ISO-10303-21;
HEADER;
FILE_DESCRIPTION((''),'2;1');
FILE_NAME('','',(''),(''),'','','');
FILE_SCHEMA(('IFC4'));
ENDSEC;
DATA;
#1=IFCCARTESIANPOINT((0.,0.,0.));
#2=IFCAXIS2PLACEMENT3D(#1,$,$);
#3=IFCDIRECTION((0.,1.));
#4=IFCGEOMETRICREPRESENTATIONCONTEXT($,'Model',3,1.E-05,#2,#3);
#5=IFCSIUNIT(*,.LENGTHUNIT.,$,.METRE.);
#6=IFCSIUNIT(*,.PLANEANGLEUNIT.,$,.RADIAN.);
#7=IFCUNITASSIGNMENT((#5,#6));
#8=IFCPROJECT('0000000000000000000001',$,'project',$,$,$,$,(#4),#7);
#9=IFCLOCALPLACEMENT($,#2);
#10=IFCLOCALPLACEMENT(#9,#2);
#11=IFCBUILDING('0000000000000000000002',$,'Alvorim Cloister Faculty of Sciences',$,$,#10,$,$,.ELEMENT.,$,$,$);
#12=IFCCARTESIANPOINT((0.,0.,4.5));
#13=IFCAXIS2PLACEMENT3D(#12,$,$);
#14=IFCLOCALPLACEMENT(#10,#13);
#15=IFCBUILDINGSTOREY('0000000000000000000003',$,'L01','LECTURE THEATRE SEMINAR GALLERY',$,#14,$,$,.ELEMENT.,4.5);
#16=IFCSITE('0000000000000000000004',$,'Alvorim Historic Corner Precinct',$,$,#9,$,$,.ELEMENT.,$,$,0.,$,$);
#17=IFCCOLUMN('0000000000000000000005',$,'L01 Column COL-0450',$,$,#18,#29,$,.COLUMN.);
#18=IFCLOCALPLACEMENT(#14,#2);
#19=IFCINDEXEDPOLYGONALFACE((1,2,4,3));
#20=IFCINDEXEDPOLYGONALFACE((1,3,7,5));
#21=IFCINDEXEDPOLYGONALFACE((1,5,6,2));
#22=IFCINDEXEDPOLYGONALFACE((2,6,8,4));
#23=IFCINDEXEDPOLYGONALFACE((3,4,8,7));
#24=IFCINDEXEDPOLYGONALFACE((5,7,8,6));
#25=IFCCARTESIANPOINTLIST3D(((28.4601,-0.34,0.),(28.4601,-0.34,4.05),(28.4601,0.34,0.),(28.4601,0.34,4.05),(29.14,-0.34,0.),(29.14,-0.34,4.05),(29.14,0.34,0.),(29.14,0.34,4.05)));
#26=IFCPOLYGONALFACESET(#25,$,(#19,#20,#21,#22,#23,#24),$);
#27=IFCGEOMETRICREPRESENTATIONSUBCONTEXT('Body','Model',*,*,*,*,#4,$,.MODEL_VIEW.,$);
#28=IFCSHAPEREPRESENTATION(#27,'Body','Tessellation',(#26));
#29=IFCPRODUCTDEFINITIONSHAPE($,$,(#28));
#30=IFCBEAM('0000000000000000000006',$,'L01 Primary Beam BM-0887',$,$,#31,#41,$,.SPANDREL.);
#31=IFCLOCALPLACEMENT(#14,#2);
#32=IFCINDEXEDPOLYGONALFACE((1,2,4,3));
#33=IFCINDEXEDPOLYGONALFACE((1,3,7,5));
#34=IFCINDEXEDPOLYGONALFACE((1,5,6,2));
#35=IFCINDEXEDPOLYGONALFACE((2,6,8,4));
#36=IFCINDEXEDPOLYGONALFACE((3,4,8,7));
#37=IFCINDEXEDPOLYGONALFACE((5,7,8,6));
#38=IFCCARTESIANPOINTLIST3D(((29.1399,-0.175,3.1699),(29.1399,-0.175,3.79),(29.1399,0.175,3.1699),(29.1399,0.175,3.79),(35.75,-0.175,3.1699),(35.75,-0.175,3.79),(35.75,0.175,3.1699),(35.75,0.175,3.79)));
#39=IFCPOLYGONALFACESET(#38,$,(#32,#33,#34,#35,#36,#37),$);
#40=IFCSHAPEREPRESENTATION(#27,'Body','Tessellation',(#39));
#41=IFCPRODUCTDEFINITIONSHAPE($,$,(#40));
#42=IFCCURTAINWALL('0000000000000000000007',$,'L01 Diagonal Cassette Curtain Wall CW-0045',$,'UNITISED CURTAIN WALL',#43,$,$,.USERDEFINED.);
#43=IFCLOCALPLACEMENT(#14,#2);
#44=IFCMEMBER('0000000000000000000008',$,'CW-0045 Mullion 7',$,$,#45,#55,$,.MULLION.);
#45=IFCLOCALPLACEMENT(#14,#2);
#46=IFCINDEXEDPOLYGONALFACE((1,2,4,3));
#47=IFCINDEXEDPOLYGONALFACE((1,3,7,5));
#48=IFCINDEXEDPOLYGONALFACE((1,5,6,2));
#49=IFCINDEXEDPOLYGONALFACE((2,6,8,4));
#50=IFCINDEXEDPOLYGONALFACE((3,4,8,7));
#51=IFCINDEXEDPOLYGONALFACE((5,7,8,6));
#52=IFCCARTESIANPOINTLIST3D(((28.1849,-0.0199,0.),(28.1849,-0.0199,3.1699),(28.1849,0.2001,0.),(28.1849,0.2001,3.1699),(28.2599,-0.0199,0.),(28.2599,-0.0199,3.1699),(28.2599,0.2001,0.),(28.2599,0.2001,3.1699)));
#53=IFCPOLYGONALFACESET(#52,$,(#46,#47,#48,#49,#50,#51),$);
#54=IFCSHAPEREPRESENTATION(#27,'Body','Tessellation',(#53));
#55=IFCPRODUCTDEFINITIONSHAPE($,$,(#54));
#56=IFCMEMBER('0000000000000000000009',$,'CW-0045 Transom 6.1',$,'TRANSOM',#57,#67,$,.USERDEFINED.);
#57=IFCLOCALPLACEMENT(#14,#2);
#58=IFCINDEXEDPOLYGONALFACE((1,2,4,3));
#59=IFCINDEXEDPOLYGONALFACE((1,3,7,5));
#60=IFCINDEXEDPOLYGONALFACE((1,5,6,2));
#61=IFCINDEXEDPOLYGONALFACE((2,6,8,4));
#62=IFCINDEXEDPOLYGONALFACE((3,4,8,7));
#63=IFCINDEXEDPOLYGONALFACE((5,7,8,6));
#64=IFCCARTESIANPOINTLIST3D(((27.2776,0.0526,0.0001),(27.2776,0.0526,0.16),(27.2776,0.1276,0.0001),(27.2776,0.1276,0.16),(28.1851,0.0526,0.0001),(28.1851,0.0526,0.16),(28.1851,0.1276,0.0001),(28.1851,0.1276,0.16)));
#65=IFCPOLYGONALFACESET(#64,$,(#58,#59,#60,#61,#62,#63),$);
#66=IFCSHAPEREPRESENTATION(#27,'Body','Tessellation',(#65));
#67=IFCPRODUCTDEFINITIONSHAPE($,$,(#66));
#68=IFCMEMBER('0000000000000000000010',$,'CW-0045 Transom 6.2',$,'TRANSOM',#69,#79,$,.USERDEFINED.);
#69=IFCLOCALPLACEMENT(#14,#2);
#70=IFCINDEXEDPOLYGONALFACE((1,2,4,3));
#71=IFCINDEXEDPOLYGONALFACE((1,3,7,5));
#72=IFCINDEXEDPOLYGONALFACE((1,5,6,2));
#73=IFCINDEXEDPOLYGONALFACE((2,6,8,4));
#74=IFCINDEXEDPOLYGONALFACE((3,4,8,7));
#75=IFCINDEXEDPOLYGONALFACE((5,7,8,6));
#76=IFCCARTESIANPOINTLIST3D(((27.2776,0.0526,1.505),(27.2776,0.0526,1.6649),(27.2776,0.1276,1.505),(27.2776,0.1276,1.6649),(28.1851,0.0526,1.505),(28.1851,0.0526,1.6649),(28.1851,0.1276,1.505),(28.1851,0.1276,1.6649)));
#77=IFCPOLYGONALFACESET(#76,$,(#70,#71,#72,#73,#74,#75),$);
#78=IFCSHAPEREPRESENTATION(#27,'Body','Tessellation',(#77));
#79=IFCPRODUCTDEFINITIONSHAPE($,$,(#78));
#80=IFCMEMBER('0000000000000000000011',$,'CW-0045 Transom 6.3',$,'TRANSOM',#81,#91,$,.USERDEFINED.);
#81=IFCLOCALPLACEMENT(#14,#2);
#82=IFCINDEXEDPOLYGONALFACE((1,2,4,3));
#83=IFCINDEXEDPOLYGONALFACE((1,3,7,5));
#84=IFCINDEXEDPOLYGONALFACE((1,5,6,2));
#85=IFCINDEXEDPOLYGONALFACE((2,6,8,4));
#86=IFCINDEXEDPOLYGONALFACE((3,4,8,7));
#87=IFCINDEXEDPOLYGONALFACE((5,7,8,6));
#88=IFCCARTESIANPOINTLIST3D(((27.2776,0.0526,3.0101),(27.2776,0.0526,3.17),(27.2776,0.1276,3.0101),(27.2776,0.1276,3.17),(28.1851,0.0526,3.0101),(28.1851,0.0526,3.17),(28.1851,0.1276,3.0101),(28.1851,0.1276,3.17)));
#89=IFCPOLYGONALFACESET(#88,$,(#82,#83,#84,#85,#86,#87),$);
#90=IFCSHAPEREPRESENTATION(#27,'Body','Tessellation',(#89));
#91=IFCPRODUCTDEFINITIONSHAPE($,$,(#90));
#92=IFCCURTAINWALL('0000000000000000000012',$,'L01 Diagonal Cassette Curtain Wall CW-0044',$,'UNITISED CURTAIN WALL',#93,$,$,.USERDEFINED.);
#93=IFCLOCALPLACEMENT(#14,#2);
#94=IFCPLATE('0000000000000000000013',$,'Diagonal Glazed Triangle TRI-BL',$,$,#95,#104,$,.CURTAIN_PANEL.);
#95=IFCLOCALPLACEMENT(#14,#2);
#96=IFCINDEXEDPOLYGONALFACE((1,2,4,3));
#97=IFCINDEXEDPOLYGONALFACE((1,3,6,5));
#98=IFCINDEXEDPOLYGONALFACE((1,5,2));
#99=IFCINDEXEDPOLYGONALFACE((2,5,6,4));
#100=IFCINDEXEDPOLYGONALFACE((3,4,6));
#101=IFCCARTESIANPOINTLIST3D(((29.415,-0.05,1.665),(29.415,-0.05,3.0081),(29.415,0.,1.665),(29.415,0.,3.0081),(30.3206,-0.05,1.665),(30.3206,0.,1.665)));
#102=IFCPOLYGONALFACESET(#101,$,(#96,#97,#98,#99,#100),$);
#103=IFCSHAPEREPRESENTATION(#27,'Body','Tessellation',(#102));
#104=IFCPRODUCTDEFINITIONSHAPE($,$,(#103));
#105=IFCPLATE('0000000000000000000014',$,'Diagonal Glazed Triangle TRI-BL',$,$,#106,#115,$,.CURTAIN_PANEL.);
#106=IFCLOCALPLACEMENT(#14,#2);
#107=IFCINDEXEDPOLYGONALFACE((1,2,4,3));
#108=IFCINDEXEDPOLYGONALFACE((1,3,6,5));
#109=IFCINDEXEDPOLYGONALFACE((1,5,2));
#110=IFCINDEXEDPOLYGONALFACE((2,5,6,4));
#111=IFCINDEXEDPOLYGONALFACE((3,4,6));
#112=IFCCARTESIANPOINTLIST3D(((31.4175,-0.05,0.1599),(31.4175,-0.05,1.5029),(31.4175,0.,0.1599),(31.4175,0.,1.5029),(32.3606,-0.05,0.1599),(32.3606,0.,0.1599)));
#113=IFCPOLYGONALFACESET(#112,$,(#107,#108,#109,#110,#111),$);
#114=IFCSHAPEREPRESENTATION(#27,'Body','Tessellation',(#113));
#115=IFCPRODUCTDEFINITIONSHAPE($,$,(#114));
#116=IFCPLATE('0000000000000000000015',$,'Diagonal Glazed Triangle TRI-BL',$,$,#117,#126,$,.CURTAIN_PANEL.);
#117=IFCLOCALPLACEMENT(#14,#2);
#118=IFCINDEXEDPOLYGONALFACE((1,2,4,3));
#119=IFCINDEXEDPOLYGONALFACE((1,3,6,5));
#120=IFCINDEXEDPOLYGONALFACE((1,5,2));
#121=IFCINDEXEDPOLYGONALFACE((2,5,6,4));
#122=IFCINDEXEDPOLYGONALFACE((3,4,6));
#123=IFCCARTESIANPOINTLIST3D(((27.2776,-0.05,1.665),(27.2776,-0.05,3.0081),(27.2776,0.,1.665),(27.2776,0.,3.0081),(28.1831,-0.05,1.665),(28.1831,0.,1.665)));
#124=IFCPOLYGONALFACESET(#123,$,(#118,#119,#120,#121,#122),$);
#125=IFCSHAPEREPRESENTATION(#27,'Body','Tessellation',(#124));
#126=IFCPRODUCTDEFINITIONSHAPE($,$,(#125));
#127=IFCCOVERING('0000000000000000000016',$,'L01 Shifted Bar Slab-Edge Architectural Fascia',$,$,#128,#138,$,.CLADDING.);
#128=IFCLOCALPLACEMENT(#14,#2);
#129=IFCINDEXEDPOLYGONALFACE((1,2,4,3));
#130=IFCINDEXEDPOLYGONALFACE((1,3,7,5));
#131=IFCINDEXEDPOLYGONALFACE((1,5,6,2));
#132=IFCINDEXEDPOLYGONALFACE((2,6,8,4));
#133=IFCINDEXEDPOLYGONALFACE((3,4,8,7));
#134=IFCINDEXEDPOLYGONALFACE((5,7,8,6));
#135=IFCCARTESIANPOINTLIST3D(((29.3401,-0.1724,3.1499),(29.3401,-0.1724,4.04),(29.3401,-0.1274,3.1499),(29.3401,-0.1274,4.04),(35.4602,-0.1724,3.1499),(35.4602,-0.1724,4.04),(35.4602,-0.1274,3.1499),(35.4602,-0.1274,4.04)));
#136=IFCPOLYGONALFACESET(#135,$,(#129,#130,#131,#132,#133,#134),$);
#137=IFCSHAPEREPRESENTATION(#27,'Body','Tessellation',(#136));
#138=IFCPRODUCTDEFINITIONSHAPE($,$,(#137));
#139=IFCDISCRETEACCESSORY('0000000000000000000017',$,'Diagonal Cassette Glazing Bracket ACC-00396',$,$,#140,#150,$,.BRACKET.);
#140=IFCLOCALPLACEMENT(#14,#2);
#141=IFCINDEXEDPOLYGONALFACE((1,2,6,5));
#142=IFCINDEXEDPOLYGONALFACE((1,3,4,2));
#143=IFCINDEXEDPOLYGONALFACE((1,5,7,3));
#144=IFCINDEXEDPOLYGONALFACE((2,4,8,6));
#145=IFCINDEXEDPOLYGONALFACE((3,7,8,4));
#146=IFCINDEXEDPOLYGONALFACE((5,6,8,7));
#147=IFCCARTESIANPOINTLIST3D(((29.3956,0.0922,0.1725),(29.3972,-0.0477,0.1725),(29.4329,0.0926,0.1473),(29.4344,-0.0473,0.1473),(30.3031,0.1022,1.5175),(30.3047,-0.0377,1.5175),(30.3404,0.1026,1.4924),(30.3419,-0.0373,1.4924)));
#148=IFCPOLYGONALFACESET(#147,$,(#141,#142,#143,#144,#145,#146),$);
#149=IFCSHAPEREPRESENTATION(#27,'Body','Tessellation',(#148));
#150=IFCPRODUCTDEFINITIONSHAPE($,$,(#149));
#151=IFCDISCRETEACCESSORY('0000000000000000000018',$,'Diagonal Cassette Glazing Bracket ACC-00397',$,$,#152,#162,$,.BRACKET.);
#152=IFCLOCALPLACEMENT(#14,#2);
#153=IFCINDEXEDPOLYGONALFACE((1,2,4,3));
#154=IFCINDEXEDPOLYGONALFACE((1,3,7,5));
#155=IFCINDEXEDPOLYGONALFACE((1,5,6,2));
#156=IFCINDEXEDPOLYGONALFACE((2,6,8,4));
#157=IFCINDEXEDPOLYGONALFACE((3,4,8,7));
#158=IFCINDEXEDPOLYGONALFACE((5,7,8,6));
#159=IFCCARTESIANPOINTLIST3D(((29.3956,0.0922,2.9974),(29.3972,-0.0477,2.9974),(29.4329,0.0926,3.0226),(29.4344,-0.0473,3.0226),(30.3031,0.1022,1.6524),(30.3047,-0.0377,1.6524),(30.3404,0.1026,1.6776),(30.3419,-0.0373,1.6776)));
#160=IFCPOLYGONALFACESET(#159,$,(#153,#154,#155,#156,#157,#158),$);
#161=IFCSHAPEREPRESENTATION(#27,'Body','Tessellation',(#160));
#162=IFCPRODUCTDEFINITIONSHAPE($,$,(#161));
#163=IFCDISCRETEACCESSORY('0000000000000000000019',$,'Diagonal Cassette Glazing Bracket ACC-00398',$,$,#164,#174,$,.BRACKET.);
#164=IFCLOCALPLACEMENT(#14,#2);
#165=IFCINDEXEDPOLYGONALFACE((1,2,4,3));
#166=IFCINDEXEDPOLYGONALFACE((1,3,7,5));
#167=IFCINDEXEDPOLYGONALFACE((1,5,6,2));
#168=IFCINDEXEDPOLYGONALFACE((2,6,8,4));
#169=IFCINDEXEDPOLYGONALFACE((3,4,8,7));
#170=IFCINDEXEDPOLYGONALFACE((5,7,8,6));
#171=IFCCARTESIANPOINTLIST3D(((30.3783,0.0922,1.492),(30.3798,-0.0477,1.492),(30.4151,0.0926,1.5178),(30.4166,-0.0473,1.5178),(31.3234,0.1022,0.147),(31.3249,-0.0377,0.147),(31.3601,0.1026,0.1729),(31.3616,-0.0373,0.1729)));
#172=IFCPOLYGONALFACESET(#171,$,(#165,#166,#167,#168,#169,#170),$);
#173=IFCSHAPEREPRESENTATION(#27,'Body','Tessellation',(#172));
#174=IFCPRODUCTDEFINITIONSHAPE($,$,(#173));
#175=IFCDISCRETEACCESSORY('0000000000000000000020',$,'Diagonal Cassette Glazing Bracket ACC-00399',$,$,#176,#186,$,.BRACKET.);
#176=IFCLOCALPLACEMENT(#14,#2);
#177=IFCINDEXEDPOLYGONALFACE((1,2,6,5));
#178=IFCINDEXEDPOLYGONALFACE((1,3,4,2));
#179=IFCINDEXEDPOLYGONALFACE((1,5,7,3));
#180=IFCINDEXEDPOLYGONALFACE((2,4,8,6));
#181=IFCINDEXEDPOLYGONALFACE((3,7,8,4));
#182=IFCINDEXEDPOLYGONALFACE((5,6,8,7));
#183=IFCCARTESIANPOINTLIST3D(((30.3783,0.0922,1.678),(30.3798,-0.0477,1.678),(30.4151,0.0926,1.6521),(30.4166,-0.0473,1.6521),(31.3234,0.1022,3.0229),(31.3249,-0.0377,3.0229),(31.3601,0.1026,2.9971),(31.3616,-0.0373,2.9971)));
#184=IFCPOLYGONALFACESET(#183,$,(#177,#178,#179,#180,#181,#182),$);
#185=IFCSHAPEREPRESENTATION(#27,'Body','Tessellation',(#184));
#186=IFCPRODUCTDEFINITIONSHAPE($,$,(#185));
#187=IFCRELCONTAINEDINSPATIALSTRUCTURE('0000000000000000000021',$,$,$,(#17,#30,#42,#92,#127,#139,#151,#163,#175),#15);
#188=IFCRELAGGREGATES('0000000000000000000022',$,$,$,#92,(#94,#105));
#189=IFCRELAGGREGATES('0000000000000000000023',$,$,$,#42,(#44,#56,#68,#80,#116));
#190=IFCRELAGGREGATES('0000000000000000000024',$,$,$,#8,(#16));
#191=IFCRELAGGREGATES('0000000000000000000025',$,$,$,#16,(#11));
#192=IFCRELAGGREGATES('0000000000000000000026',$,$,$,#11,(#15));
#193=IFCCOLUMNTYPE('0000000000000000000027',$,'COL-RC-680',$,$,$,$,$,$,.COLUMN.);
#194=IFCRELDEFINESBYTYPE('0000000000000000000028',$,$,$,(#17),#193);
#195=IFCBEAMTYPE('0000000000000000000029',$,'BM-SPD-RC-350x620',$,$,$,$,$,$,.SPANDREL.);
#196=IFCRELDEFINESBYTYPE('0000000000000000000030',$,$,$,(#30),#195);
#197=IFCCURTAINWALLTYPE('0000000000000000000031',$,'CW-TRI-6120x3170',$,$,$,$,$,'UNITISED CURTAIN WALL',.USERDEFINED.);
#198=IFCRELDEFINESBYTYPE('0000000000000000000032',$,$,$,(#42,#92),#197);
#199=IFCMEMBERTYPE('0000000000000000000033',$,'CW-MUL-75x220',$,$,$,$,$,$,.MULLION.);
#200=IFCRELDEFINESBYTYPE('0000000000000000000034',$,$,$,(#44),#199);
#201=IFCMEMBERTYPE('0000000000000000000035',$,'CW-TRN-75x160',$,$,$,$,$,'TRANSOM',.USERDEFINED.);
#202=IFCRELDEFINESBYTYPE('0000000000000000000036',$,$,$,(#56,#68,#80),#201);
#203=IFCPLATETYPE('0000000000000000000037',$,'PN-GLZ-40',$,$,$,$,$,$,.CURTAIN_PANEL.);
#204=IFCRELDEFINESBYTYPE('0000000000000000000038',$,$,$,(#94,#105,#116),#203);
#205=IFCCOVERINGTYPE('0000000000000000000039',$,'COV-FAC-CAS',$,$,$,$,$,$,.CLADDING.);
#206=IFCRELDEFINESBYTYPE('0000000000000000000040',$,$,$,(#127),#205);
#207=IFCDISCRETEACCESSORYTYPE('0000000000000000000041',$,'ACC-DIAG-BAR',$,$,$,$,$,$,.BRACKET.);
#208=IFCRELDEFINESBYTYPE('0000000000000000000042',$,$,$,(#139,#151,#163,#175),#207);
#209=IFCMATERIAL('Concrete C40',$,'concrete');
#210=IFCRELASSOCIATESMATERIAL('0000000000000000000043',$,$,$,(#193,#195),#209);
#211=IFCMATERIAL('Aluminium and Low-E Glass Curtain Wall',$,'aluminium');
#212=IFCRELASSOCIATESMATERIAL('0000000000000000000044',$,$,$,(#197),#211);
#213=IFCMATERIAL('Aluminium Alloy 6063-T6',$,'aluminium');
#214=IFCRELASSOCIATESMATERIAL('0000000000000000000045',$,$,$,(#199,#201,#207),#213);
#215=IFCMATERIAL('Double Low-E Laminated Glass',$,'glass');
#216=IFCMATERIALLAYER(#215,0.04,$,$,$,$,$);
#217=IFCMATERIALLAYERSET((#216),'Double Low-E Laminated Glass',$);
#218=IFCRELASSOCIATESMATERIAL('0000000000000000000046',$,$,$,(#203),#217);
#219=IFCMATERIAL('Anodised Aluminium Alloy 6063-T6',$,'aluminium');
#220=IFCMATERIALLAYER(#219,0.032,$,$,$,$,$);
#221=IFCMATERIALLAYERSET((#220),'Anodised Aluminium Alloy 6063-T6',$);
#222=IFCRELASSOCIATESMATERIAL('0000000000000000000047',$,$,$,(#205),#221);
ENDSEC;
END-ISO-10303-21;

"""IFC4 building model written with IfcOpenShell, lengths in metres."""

from ifc_helpers import new_model, si_unit, direction, frame, origin, origin_2d, place, context, subcontext, project, spatial, polyline, rectangle, outline, extrude, material, layer, layer_set, material_profile, profile_set, type_object, element, aggregate, save


model = new_model("IFC4")

# Units and contexts
model_context = context("Model", 3, precision=1e-05, world=origin(), true_north=direction((0.0, 1.0)))
body_context = subcontext(model_context, "Body", "Model", "MODEL_VIEW")
ifc_project = project(units=[si_unit("LENGTHUNIT", "METRE"), si_unit("PLANEANGLEUNIT", "RADIAN")], contexts=[model_context])

# Site, building, storey
site_placement = place(None, origin())
site = spatial("IfcSite", under=ifc_project, at=site_placement, Name="Alvorim Historic Corner Precinct", CompositionType="ELEMENT", RefElevation=0.0)
building_placement = place(site_placement, origin())
building = spatial("IfcBuilding", under=site, at=building_placement, Name="Alvorim Cloister Faculty of Sciences", CompositionType="ELEMENT")
storey_placement = place(building_placement, frame((0.0, 0.0, 4.5)))
storey = spatial("IfcBuildingStorey", under=building, at=storey_placement, Name="L01", Description="LECTURE THEATRE SEMINAR GALLERY", CompositionType="ELEMENT", Elevation=4.5)

# Column
ifc_material_1 = material(Name="Concrete C40", Category="concrete")
ifc_material_profile_1 = material_profile(ifc_material_1, rectangle(XDim=0.6799, YDim=0.6799, at=origin_2d()), Name="RC40-COL-680x680")
ifc_profile_set_1 = profile_set([ifc_material_profile_1], Name="Concrete C40")
column_type = type_object("IfcColumnType", Name="COL-RC-680", PredefinedType="COLUMN", material=ifc_profile_set_1)
column_placement = place(storey_placement, frame((28.8, 0.0, 0.0), z_axis=(0.0, 0.0, 1.0), x_axis=(1.0, 0.0, 0.0)))
element("IfcColumn", 1, at=column_placement, inside=storey, type_object=column_type, Name="L01 Column COL-0450", PredefinedType="COLUMN", context=body_context, shape_type="SweptSolid", body=[
    extrude(rectangle(XDim=0.6799, YDim=0.6799, at=origin_2d()), origin(), (0.0, 0.0, 1.0), 4.05),
])

# Beam
ifc_material_profile_2 = material_profile(ifc_material_1, rectangle(XDim=0.3501, YDim=0.6201, at=origin_2d()), Name="RC40-SPD-350x620")
ifc_profile_set_2 = profile_set([ifc_material_profile_2], Name="Concrete C40")
beam_type = type_object("IfcBeamType", Name="BM-SPD-RC-350x620", PredefinedType="SPANDREL", material=ifc_profile_set_2)
beam_placement = place(storey_placement, frame((29.1399, 0.0, 3.48), z_axis=(1.0, 0.0, 0.0), x_axis=(0.0, 1.0, 0.0)))
element("IfcBeam", 2, at=beam_placement, inside=storey, type_object=beam_type, Name="L01 Primary Beam BM-0887", PredefinedType="SPANDREL", context=body_context, shape_type="SweptSolid", body=[
    extrude(rectangle(XDim=0.3501, YDim=0.6201, at=origin_2d()), origin(), (0.0, 0.0, 1.0), 6.6101),
])

# Curtain wall, members
ifc_material_2 = material(Name="Aluminium and Low-E Glass Curtain Wall", Category="aluminium")
curtain_wall_type = type_object("IfcCurtainWallType", Name="CW-TRI-6120x3170", ElementType="UNITISED CURTAIN WALL", PredefinedType="USERDEFINED", material=ifc_material_2)
curtain_wall_1_placement = place(storey_placement, origin())
curtain_wall_1 = element("IfcCurtainWall", 3, at=curtain_wall_1_placement, inside=storey, type_object=curtain_wall_type, Name="L01 Diagonal Cassette Curtain Wall CW-0045", ObjectType="UNITISED CURTAIN WALL", PredefinedType="USERDEFINED")
ifc_material_3 = material(Name="Aluminium Alloy 6063-T6", Category="aluminium")
ifc_material_profile_3 = material_profile(ifc_material_3, rectangle(XDim=0.075, YDim=0.22, at=origin_2d()), Name="ALU-MUL-75x220")
ifc_profile_set_3 = profile_set([ifc_material_profile_3], Name="Aluminium Alloy 6063-T6")
member_type_1 = type_object("IfcMemberType", Name="CW-MUL-75x220", PredefinedType="MULLION", material=ifc_profile_set_3)
member_1_placement = place(storey_placement, frame((28.2224, 0.0901, 0.0), z_axis=(0.0, 0.0, 1.0), x_axis=(1.0, 0.0, 0.0)))
member_1 = element("IfcMember", 4, at=member_1_placement, type_object=member_type_1, Name="CW-0045 Mullion 7", PredefinedType="MULLION", context=body_context, shape_type="SweptSolid", body=[
    extrude(rectangle(XDim=0.075, YDim=0.22, at=origin_2d()), origin(), (0.0, 0.0, 1.0), 3.1699),
])
ifc_material_profile_4 = material_profile(ifc_material_3, rectangle(XDim=0.075, YDim=0.1599, at=origin_2d()), Name="ALU-TRN-75x160")
ifc_profile_set_4 = profile_set([ifc_material_profile_4], Name="Aluminium Alloy 6063-T6")
member_type_2 = type_object("IfcMemberType", Name="CW-TRN-75x160", ElementType="TRANSOM", PredefinedType="USERDEFINED", material=ifc_profile_set_4)
member_2_placement = place(storey_placement, frame((27.2776, 0.0901, 0.0801), z_axis=(1.0, 0.0, 0.0), x_axis=(0.0, 1.0, 0.0)))
member_2 = element("IfcMember", 5, at=member_2_placement, type_object=member_type_2, Name="CW-0045 Transom 6.1", ObjectType="TRANSOM", PredefinedType="USERDEFINED", context=body_context, shape_type="SweptSolid", body=[
    extrude(rectangle(XDim=0.075, YDim=0.1599, at=origin_2d()), origin(), (0.0, 0.0, 1.0), 0.9075),
])
member_3_placement = place(storey_placement, frame((27.2776, 0.0901, 1.585), z_axis=(1.0, 0.0, 0.0), x_axis=(0.0, 1.0, 0.0)))
member_3 = element("IfcMember", 6, at=member_3_placement, type_object=member_type_2, Name="CW-0045 Transom 6.2", ObjectType="TRANSOM", PredefinedType="USERDEFINED", context=body_context, shape_type="SweptSolid", body=[
    extrude(rectangle(XDim=0.075, YDim=0.1599, at=origin_2d()), origin(), (0.0, 0.0, 1.0), 0.9075),
])
member_4_placement = place(storey_placement, frame((27.2776, 0.0901, 3.0901), z_axis=(1.0, 0.0, 0.0), x_axis=(0.0, 1.0, 0.0)))
member_4 = element("IfcMember", 7, at=member_4_placement, type_object=member_type_2, Name="CW-0045 Transom 6.3", ObjectType="TRANSOM", PredefinedType="USERDEFINED", context=body_context, shape_type="SweptSolid", body=[
    extrude(rectangle(XDim=0.075, YDim=0.1599, at=origin_2d()), origin(), (0.0, 0.0, 1.0), 0.9075),
])

# Curtain wall, plates
curtain_wall_2_placement = place(storey_placement, origin())
curtain_wall_2 = element("IfcCurtainWall", 8, at=curtain_wall_2_placement, inside=storey, type_object=curtain_wall_type, Name="L01 Diagonal Cassette Curtain Wall CW-0044", ObjectType="UNITISED CURTAIN WALL", PredefinedType="USERDEFINED")
ifc_material_4 = material(Name="Double Low-E Laminated Glass", Category="glass")
ifc_layer_1 = layer(ifc_material_4, 0.04)
ifc_layer_set_1 = layer_set([ifc_layer_1], Name="Double Low-E Laminated Glass")
plate_type = type_object("IfcPlateType", Name="PN-GLZ-40", PredefinedType="CURTAIN_PANEL", material=ifc_layer_set_1)
plate_1_placement = place(storey_placement, frame((29.415, -0.0249, 1.665), z_axis=(0.0, 0.0, 1.0), x_axis=(1.0, 0.0, 0.0)))
plate_1 = element("IfcPlate", 9, at=plate_1_placement, type_object=plate_type, Name="Diagonal Glazed Triangle TRI-BL", PredefinedType="CURTAIN_PANEL", context=body_context, shape_type="SweptSolid", body=[
    extrude(outline(polyline([(0.0, 0.0), (0.9055, 0.0), (0.0, 1.343), (0.0, 0.0)])), frame((0.0, 0.0249, 0.0), z_axis=(0.0, -1.0, 0.0), x_axis=(1.0, 0.0, 0.0)), (0.0, 0.0, 1.0), 0.05),
])
plate_2_placement = place(storey_placement, frame((31.4175, -0.0249, 0.1599), z_axis=(0.0, 0.0, 1.0), x_axis=(1.0, 0.0, 0.0)))
plate_2 = element("IfcPlate", 10, at=plate_2_placement, type_object=plate_type, Name="Diagonal Glazed Triangle TRI-BL", PredefinedType="CURTAIN_PANEL", context=body_context, shape_type="SweptSolid", body=[
    extrude(outline(polyline([(0.0, 0.0), (0.9431, 0.0), (0.0, 1.343), (0.0, 0.0)])), frame((0.0, 0.0249, 0.0), z_axis=(0.0, -1.0, 0.0), x_axis=(1.0, 0.0, 0.0)), (0.0, 0.0, 1.0), 0.05),
])
aggregate(curtain_wall_2, [plate_1, plate_2])

# Plate
plate_3_placement = place(storey_placement, frame((27.2776, -0.0249, 1.665), z_axis=(0.0, 0.0, 1.0), x_axis=(1.0, 0.0, 0.0)))
plate_3 = element("IfcPlate", 11, at=plate_3_placement, type_object=plate_type, Name="Diagonal Glazed Triangle TRI-BL", PredefinedType="CURTAIN_PANEL", context=body_context, shape_type="SweptSolid", body=[
    extrude(outline(polyline([(0.0, 0.0), (0.9055, 0.0), (0.0, 1.343), (0.0, 0.0)])), frame((0.0, 0.0249, 0.0), z_axis=(0.0, -1.0, 0.0), x_axis=(1.0, 0.0, 0.0)), (0.0, 0.0, 1.0), 0.05),
])
aggregate(curtain_wall_1, [member_1, member_2, member_3, member_4, plate_3])

# Covering
ifc_material_5 = material(Name="Anodised Aluminium Alloy 6063-T6", Category="aluminium")
ifc_layer_2 = layer(ifc_material_5, 0.032)
ifc_layer_set_2 = layer_set([ifc_layer_2], Name="Anodised Aluminium Alloy 6063-T6")
covering_type = type_object("IfcCoveringType", Name="COV-FAC-CAS", PredefinedType="CLADDING", material=ifc_layer_set_2)
covering_placement = place(storey_placement, frame((29.3401, -0.1499, 3.1499), z_axis=(0.0, 0.0, 1.0), x_axis=(1.0, 0.0, 0.0)))
element("IfcCovering", 12, at=covering_placement, inside=storey, type_object=covering_type, Name="L01 Shifted Bar Slab-Edge Architectural Fascia", PredefinedType="CLADDING", context=body_context, shape_type="SweptSolid", body=[
    extrude(outline(polyline([(0.0, 0.0), (6.1201, 0.0), (6.1201, 0.8901), (0.0, 0.8901), (0.0, 0.0)])), frame((0.0, 0.0225, 0.0), z_axis=(0.0, -1.0, 0.0), x_axis=(1.0, 0.0, 0.0)), (0.0, 0.0, 1.0), 0.0449),
])

# Discrete accessories
discrete_accessory_type = type_object("IfcDiscreteAccessoryType", Name="ACC-DIAG-BAR", PredefinedType="BRACKET", material=ifc_material_3)
for number, where, z_axis, x_axis, name in (
    (13, (29.415, 0.0225, 0.1599), (0.559299, 0.006169, 0.828943), (-0.01103, 0.999939, 0.0), "Diagonal Cassette Glazing Bracket ACC-00396"),
    (14, (29.415, 0.0225, 3.01), (0.559299, 0.006169, -0.828943), (-0.01103, 0.999939, 0.0), "Diagonal Cassette Glazing Bracket ACC-00397"),
):
    element("IfcDiscreteAccessory", number, at=place(storey_placement, frame(where, z_axis=z_axis, x_axis=x_axis)), inside=storey, type_object=discrete_accessory_type, Name=name, PredefinedType="BRACKET", context=body_context, shape_type="SweptSolid", body=[
        extrude(rectangle(XDim=0.1399, YDim=0.0449, at=origin_2d()), origin(), (0.0, 0.0, 1.0), 1.6226),
    ])
for number, where, z_axis, x_axis, name in (
    (15, (30.3975, 0.0225, 1.5049), (0.574916, 0.006089, -0.81819), (-0.010591, 0.999944, 0.0), "Diagonal Cassette Glazing Bracket ACC-00398"),
    (16, (30.3975, 0.0225, 1.665), (0.574916, 0.006089, 0.81819), (-0.010591, 0.999944, 0.0), "Diagonal Cassette Glazing Bracket ACC-00399"),
):
    element("IfcDiscreteAccessory", number, at=place(storey_placement, frame(where, z_axis=z_axis, x_axis=x_axis)), inside=storey, type_object=discrete_accessory_type, Name=name, PredefinedType="BRACKET", context=body_context, shape_type="SweptSolid", body=[
        extrude(rectangle(XDim=0.1399, YDim=0.0449, at=origin_2d()), origin(), (0.0, 0.0, 1.0), 1.6438),
    ])

save(model, "model.ifc")
